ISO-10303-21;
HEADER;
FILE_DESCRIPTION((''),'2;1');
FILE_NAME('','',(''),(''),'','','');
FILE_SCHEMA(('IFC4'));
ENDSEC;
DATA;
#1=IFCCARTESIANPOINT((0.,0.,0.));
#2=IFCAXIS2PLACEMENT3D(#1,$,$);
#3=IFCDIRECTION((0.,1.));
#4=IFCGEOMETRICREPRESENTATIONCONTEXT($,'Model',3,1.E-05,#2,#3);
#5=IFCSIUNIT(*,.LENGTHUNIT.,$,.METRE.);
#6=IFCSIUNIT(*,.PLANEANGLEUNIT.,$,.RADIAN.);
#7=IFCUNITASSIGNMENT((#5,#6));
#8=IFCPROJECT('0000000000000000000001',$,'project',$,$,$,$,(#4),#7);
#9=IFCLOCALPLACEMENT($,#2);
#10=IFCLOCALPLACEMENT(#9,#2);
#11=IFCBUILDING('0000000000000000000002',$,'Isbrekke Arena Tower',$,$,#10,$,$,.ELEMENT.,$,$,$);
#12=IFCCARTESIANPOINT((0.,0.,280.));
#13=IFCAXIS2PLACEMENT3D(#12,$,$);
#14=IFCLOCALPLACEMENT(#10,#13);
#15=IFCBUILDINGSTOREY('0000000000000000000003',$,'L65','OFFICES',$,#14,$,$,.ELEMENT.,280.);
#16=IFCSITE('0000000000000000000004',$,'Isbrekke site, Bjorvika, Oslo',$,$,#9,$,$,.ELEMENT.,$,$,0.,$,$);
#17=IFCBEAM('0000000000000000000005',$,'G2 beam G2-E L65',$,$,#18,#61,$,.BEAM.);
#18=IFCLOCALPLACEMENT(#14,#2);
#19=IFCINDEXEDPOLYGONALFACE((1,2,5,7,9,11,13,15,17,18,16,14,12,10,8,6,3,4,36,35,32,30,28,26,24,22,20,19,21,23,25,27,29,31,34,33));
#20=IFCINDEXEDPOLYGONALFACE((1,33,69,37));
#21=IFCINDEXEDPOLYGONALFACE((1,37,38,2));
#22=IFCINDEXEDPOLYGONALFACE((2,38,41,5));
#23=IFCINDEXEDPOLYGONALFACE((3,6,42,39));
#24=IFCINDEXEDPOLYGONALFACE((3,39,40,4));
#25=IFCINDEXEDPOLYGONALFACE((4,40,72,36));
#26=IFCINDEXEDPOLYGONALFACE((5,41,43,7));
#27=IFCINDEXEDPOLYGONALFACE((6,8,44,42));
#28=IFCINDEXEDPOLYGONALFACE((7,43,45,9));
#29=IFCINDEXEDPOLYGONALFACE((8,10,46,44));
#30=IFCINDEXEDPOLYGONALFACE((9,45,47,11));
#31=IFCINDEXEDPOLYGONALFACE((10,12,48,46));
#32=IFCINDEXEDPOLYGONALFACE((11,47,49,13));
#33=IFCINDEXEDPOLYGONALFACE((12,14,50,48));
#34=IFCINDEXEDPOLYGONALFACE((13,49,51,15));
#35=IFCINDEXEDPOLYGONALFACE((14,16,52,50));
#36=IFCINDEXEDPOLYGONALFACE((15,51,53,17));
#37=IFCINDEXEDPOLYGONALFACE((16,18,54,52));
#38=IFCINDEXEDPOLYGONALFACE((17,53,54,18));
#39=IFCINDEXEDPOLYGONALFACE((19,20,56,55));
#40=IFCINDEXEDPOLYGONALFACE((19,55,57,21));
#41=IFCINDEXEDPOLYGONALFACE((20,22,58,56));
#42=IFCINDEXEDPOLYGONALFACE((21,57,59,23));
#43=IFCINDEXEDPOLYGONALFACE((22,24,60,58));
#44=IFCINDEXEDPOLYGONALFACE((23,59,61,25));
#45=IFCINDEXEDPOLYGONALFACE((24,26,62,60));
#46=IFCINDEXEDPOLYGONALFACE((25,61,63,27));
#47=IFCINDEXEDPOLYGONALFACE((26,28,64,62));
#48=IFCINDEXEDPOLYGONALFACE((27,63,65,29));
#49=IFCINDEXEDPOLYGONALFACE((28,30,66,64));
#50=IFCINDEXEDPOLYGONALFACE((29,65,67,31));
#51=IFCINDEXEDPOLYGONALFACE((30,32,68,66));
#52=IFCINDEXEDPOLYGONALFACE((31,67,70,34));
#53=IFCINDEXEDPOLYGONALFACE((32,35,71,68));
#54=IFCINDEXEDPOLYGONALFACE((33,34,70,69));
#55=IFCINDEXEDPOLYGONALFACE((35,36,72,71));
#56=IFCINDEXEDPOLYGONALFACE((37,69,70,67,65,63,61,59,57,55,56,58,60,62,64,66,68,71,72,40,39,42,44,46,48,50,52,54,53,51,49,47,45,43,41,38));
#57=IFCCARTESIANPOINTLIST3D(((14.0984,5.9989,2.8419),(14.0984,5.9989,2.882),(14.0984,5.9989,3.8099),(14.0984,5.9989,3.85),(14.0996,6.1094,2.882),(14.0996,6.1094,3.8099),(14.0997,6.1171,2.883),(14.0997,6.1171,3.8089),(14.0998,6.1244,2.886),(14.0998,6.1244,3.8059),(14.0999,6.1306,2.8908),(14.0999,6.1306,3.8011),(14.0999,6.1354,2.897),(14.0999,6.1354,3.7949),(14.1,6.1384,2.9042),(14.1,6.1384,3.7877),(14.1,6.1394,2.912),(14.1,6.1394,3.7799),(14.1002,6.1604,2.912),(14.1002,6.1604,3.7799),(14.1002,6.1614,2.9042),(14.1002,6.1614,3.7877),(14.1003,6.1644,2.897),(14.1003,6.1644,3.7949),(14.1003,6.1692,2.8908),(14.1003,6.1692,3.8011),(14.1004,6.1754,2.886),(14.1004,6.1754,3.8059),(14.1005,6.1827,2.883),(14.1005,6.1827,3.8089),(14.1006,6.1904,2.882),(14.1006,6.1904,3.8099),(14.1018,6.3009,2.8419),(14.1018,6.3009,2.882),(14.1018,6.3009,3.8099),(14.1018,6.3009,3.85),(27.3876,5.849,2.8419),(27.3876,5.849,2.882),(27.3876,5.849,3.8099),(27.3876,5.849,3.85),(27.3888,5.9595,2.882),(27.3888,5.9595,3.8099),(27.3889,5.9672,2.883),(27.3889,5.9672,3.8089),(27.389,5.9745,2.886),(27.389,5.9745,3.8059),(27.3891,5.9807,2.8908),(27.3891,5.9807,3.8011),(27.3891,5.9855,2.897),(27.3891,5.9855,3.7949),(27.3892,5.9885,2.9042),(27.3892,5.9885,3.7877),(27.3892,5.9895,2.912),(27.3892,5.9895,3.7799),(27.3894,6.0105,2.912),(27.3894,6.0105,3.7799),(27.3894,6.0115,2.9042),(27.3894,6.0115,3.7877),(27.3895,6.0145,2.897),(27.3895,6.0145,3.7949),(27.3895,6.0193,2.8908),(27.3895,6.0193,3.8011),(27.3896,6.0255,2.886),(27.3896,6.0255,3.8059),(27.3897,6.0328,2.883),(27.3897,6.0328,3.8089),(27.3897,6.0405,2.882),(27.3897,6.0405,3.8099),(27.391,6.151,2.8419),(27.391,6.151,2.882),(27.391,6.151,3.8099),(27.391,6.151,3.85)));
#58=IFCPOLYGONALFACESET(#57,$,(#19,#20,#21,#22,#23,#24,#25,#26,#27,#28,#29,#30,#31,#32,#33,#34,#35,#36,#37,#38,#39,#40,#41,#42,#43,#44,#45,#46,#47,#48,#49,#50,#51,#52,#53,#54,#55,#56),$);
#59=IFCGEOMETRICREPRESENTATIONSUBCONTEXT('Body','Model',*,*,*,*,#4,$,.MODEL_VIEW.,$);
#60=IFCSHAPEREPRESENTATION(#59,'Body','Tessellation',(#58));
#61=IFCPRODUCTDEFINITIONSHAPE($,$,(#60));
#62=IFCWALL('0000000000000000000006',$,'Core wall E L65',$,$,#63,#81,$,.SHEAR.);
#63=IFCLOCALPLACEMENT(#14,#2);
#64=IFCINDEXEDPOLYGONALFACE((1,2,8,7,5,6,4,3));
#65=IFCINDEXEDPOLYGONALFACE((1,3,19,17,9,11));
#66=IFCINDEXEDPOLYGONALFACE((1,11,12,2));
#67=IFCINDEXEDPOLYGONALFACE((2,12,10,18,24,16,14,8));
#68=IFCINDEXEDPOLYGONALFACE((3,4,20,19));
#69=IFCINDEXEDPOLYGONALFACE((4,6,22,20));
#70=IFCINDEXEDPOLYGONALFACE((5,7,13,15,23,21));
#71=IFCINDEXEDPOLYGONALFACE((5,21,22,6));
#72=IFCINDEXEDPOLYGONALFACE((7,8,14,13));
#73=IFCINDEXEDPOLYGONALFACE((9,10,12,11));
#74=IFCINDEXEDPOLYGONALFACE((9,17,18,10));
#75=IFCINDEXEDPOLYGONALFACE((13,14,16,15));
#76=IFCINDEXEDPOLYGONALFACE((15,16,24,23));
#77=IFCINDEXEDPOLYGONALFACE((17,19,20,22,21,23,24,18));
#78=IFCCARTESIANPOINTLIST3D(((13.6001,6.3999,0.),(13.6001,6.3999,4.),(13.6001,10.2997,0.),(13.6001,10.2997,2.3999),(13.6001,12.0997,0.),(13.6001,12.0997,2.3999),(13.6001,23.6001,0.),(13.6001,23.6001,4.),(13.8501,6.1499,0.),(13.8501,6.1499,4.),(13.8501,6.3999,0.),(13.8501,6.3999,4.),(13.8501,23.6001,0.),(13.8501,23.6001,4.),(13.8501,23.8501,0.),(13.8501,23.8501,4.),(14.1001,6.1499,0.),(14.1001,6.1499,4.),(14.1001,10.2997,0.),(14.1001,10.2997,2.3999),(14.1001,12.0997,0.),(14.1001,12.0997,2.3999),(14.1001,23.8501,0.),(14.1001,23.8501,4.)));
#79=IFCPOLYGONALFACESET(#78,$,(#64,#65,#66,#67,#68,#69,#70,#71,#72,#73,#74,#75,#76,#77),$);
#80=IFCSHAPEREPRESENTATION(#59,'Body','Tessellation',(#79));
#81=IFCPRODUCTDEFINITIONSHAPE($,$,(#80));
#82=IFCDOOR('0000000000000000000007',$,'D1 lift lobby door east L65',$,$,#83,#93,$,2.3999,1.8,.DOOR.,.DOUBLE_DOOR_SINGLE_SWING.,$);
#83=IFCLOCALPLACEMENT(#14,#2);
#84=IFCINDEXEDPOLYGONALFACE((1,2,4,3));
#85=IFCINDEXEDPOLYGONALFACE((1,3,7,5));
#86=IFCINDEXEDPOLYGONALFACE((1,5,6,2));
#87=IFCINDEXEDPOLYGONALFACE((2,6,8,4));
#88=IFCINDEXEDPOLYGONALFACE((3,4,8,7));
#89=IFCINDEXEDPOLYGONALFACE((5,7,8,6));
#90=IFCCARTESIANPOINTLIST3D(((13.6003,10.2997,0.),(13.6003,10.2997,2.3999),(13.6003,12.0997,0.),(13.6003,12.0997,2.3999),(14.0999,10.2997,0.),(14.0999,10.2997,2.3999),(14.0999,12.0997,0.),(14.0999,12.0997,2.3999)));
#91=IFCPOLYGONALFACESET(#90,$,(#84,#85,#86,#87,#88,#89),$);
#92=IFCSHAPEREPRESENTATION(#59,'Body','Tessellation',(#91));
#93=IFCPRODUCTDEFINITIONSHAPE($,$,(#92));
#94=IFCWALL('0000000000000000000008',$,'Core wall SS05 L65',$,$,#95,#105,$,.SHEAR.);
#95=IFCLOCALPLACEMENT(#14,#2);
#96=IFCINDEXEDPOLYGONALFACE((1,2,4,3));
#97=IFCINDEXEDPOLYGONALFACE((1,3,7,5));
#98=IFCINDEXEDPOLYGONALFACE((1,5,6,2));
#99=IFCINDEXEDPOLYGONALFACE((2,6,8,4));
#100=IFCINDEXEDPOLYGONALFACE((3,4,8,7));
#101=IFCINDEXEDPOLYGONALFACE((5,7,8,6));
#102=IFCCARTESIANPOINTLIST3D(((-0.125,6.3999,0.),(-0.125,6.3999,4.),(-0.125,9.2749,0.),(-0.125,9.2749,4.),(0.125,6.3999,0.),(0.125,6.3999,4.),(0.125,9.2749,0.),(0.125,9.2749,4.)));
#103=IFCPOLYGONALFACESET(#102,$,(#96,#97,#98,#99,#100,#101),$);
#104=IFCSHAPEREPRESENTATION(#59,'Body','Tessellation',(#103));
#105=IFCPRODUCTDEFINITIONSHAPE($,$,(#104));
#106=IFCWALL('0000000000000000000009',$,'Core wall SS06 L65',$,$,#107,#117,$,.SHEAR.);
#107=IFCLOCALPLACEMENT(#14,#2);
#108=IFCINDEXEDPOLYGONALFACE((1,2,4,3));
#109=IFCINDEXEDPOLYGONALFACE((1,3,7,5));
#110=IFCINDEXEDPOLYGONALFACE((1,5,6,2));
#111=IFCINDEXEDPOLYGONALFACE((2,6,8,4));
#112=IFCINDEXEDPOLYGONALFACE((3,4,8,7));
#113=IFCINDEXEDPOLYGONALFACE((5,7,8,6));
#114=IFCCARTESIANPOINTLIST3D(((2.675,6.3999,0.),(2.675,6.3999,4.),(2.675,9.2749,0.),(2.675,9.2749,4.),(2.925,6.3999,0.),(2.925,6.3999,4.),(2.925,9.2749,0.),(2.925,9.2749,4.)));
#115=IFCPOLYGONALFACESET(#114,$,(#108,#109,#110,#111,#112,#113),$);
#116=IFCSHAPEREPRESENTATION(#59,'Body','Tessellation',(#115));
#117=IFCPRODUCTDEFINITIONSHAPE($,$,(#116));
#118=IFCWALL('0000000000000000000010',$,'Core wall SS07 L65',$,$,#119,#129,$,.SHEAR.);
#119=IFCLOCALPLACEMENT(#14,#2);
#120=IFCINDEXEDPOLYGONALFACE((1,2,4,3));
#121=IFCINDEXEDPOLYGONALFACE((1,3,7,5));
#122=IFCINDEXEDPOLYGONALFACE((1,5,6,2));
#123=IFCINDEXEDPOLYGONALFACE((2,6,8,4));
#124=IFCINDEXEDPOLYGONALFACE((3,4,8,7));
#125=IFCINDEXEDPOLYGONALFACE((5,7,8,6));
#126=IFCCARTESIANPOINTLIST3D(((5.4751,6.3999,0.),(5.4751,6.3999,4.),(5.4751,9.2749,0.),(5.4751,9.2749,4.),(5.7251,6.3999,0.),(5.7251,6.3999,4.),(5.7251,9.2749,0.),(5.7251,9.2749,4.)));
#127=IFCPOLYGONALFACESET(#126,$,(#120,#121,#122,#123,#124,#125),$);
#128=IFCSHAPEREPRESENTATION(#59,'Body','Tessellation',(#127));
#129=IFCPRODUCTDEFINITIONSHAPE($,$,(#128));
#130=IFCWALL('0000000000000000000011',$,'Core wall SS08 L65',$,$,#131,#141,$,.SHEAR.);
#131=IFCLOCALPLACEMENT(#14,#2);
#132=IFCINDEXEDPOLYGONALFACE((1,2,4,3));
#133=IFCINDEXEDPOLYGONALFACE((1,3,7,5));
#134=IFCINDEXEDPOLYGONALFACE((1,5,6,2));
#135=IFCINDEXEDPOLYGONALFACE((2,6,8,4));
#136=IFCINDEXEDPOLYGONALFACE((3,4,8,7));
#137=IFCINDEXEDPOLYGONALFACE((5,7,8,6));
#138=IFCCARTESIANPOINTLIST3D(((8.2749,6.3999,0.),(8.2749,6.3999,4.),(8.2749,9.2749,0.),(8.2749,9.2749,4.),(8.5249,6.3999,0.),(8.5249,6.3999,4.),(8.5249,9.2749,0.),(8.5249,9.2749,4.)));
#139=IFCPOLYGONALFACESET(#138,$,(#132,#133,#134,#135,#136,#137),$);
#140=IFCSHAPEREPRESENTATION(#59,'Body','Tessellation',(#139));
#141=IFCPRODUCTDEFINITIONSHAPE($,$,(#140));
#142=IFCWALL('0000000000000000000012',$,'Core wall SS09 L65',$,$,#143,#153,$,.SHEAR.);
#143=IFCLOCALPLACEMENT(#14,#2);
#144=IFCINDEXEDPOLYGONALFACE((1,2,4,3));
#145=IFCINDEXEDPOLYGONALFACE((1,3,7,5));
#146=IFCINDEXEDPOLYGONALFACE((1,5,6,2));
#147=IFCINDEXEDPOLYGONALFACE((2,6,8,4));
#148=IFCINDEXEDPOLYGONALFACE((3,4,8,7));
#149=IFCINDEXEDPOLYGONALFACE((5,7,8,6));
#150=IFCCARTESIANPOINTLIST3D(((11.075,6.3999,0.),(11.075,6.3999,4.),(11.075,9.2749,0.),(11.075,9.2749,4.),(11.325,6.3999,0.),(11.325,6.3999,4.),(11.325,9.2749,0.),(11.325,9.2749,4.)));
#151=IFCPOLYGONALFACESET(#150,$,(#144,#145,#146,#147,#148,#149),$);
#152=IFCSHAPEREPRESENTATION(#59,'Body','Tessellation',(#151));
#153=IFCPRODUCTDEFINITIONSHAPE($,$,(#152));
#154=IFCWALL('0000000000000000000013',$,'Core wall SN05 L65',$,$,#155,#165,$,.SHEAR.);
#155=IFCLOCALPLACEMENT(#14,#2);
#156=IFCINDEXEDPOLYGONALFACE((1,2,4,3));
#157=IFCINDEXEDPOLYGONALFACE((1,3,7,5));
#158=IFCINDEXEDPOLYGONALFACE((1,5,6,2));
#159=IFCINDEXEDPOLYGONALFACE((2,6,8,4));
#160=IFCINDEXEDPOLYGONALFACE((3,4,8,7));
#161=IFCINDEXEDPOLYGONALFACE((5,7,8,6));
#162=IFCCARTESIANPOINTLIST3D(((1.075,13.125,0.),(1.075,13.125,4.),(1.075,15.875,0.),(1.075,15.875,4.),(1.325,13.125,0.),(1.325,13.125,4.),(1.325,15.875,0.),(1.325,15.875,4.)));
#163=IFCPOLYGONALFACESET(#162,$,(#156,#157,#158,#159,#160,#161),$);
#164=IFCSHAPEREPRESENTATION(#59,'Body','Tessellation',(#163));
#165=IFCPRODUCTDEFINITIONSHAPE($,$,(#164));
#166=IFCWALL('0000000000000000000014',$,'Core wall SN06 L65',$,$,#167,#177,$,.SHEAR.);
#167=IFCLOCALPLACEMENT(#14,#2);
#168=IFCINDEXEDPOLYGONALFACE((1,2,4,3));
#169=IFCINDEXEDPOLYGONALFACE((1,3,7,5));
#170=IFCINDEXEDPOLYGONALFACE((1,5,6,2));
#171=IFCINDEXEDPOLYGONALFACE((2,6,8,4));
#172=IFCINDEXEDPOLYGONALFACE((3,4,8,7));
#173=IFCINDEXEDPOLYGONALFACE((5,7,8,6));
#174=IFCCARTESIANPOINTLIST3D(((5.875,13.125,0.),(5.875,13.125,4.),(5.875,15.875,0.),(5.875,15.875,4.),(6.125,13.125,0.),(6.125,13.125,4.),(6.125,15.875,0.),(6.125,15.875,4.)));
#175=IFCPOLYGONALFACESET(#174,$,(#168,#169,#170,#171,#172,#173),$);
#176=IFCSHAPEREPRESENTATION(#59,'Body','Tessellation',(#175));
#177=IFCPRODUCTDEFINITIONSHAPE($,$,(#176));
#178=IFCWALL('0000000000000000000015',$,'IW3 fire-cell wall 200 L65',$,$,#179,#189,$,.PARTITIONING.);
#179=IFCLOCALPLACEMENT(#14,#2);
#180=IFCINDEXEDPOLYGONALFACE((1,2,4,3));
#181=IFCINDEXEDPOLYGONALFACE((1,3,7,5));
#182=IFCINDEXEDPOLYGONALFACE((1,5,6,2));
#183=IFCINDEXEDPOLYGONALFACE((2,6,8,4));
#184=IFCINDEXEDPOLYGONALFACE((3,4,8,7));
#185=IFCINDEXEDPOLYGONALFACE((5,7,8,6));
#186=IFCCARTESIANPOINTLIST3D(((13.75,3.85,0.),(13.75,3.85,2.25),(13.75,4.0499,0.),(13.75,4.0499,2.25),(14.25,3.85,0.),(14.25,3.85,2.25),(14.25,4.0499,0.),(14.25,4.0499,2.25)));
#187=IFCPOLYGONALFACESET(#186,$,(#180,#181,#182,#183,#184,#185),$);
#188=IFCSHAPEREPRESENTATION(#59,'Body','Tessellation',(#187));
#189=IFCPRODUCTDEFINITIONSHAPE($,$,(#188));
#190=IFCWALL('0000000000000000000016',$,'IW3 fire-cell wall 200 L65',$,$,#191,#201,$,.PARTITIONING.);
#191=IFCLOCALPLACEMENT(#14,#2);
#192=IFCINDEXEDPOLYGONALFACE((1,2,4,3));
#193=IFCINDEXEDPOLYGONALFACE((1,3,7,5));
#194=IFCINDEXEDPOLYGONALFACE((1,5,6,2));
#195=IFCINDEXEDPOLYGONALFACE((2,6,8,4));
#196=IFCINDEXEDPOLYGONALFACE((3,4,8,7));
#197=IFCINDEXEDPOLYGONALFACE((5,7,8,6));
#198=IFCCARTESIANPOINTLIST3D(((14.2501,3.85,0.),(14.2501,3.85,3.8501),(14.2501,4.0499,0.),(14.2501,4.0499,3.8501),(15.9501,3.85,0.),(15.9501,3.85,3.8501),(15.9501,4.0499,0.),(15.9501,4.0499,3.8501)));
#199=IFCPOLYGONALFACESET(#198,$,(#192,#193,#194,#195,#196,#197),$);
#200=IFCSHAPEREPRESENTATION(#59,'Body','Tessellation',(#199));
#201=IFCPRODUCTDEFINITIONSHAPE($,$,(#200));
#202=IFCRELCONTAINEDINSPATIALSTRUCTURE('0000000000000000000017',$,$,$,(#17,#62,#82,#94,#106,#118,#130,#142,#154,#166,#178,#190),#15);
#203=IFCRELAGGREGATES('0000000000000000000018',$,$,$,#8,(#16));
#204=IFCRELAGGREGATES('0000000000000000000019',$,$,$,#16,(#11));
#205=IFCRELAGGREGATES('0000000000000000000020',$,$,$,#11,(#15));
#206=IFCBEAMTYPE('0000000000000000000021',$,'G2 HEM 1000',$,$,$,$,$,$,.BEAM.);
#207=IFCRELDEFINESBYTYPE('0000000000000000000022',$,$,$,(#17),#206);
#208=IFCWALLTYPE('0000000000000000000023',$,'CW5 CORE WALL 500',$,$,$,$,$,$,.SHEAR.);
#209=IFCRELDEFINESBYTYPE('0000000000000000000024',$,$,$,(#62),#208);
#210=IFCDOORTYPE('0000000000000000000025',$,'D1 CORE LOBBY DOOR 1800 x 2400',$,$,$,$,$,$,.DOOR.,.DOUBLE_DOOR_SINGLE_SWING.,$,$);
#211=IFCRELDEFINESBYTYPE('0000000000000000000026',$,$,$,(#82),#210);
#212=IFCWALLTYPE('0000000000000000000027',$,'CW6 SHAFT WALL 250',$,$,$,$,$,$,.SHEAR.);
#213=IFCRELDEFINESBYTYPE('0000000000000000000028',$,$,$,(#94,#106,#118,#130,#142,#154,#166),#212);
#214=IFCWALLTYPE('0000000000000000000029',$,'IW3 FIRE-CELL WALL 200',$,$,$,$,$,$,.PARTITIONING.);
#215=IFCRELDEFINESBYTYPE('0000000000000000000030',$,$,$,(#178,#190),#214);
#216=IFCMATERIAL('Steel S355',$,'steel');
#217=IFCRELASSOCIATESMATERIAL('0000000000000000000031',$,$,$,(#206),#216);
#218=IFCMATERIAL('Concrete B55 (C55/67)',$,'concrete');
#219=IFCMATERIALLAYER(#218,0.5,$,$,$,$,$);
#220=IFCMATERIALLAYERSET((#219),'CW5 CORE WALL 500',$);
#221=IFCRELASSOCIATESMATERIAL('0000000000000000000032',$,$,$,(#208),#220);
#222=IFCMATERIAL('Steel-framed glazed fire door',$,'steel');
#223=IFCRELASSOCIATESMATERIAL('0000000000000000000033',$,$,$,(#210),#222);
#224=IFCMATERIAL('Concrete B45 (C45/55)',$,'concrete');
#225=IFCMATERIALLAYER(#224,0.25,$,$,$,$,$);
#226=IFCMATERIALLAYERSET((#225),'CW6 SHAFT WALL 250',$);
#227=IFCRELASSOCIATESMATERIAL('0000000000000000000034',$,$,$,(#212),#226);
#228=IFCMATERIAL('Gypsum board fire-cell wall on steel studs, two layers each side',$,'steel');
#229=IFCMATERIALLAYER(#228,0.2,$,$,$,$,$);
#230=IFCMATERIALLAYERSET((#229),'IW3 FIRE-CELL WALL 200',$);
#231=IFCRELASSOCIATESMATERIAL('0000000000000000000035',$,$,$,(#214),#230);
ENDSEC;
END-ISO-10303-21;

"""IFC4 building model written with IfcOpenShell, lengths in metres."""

from ifc_helpers import new_model, si_unit, direction, frame, frame_2d, origin, origin_2d, place, context, subcontext, project, spatial, polyline, rectangle, i_section, outline, extrude, material, layer, layer_set, material_profile, profile_set, type_object, element, fill, save


model = new_model("IFC4")

# Units and contexts
model_context = context("Model", 3, precision=1e-05, world=origin(), true_north=direction((0.0, 1.0)))
body_context = subcontext(model_context, "Body", "Model", "MODEL_VIEW")
ifc_project = project(units=[si_unit("LENGTHUNIT", "METRE"), si_unit("PLANEANGLEUNIT", "RADIAN")], contexts=[model_context])

# Site, building, storey
site_placement = place(None, origin())
site = spatial("IfcSite", under=ifc_project, at=site_placement, Name="Isbrekke site, Bjorvika, Oslo", CompositionType="ELEMENT", RefElevation=0.0)
building_placement = place(site_placement, origin())
building = spatial("IfcBuilding", under=site, at=building_placement, Name="Isbrekke Arena Tower", CompositionType="ELEMENT")
storey_placement = place(building_placement, frame((0.0, 0.0, 280.0)))
storey = spatial("IfcBuildingStorey", under=building, at=storey_placement, Name="L65", Description="OFFICES", CompositionType="ELEMENT", Elevation=280.0)

# Beam
ifc_material_1 = material(Name="Steel S355", Category="steel")
ifc_material_profile = material_profile(ifc_material_1, i_section(OverallWidth=0.302, OverallDepth=1.0081, WebThickness=0.021, FlangeThickness=0.04, FilletRadius=0.03, at=origin_2d()), Name="HEM 1000")
ifc_profile_set = profile_set([ifc_material_profile], Name="Steel S355")
beam_type = type_object("IfcBeamType", Name="G2 HEM 1000", PredefinedType="BEAM", material=ifc_profile_set)
beam_placement = place(storey_placement, frame((14.1001, 6.1499, 3.3459), z_axis=(0.999936, -0.011279, 0.0), x_axis=(0.011279, 0.999936, 0.0)))
element("IfcBeam", 1, at=beam_placement, inside=storey, type_object=beam_type, Name="G2 beam G2-E L65", PredefinedType="BEAM", context=body_context, shape_type="SweptSolid", body=[
    extrude(i_section(OverallWidth=0.302, OverallDepth=1.0081, WebThickness=0.021, FlangeThickness=0.04, FilletRadius=0.03, at=origin_2d()), origin(), (0.0, 0.0, 1.0), 13.29),
])

# Wall, opening, door
ifc_material_2 = material(Name="Concrete B55 (C55/67)", Category="concrete")
ifc_layer_1 = layer(ifc_material_2, 0.5)
ifc_layer_set_1 = layer_set([ifc_layer_1], Name="CW5 CORE WALL 500")
wall_type_1 = type_object("IfcWallType", Name="CW5 CORE WALL 500", PredefinedType="SHEAR", material=ifc_layer_set_1)
wall_1_placement = place(storey_placement, frame((13.8501, 6.1499, 0.0), z_axis=(0.0, 0.0, 1.0), x_axis=(0.0, 1.0, 0.0)))
wall_1 = element("IfcWall", 2, at=wall_1_placement, inside=storey, type_object=wall_type_1, Name="Core wall E L65", PredefinedType="SHEAR", context=body_context, shape_type="SweptSolid", body=[
    extrude(outline(polyline([(0.0, -0.25), (17.7002, -0.25), (17.7002, 0.0), (17.4502, 0.0), (17.4502, 0.25), (0.25, 0.25), (0.25, 0.0), (0.0, 0.0), (0.0, -0.25)])), origin(), (0.0, 0.0, 1.0), 4.0),
])
opening_1_placement = place(wall_1_placement, frame((4.1499, 0.0, 0.0)))
opening_1 = element("IfcOpeningElement", 3, at=opening_1_placement, cuts=wall_1, PredefinedType="OPENING", context=body_context, shape_type="SweptSolid", body=[
    extrude(rectangle(XDim=1.8, YDim=2.3999, at=frame_2d((0.8999, 1.2))), frame((0.0, 0.2649, 0.0), z_axis=(0.0, -1.0, 0.0), x_axis=(1.0, 0.0, 0.0)), (0.0, 0.0, 1.0), 0.5298),
])
ifc_material_3 = material(Name="Steel-framed glazed fire door", Category="steel")
door_type_1 = type_object("IfcDoorType", Name="D1 CORE LOBBY DOOR 1800 x 2400", OperationType="DOUBLE_DOOR_SINGLE_SWING", PredefinedType="DOOR", material=ifc_material_3)
door_1_placement = place(opening_1_placement, origin())
door_1 = element("IfcDoor", 4, at=door_1_placement, inside=storey, type_object=door_type_1, Name="D1 lift lobby door east L65", OperationType="DOUBLE_DOOR_SINGLE_SWING", OverallHeight=2.3999, OverallWidth=1.8, PredefinedType="DOOR", context=body_context, shape_type="SweptSolid", body=[
    extrude(rectangle(XDim=1.8, YDim=2.3999, at=frame_2d((0.8999, 1.2))), frame((0.0, 0.2498, 0.0), z_axis=(0.0, -1.0, 0.0), x_axis=(1.0, 0.0, 0.0)), (0.0, 0.0, 1.0), 0.4995),
])
fill(opening_1, door_1)

# Walls
ifc_material_4 = material(Name="Concrete B45 (C45/55)", Category="concrete")
ifc_layer_2 = layer(ifc_material_4, 0.25)
ifc_layer_set_2 = layer_set([ifc_layer_2], Name="CW6 SHAFT WALL 250")
wall_type_2 = type_object("IfcWallType", Name="CW6 SHAFT WALL 250", PredefinedType="SHEAR", material=ifc_layer_set_2)
for number, where, z_axis, x_axis, name in (
    (5, (0.0, 6.3999, 0.0), (0.0, 0.0, 1.0), (0.0, 1.0, 0.0), "Core wall SS05 L65"),
    (6, (2.8, 6.3999, 0.0), (0.0, 0.0, 1.0), (0.0, 1.0, 0.0), "Core wall SS06 L65"),
    (7, (5.6001, 6.3999, 0.0), (0.0, 0.0, 1.0), (0.0, 1.0, 0.0), "Core wall SS07 L65"),
    (8, (8.3999, 6.3999, 0.0), (0.0, 0.0, 1.0), (0.0, 1.0, 0.0), "Core wall SS08 L65"),
    (9, (11.2, 6.3999, 0.0), (0.0, 0.0, 1.0), (0.0, 1.0, 0.0), "Core wall SS09 L65"),
):
    element("IfcWall", number, at=place(storey_placement, frame(where, z_axis=z_axis, x_axis=x_axis)), inside=storey, type_object=wall_type_2, Name=name, PredefinedType="SHEAR", context=body_context, shape_type="SweptSolid", body=[
        extrude(rectangle(XDim=2.875, YDim=0.25, at=frame_2d((1.4375, 0.0))), origin(), (0.0, 0.0, 1.0), 4.0),
    ])
for number, where, z_axis, x_axis, name in (
    (10, (1.2, 13.125, 0.0), (0.0, 0.0, 1.0), (0.0, 1.0, 0.0), "Core wall SN05 L65"),
    (11, (6.0, 13.125, 0.0), (0.0, 0.0, 1.0), (0.0, 1.0, 0.0), "Core wall SN06 L65"),
):
    element("IfcWall", number, at=place(storey_placement, frame(where, z_axis=z_axis, x_axis=x_axis)), inside=storey, type_object=wall_type_2, Name=name, PredefinedType="SHEAR", context=body_context, shape_type="SweptSolid", body=[
        extrude(rectangle(XDim=2.75, YDim=0.25, at=frame_2d((1.375, 0.0))), origin(), (0.0, 0.0, 1.0), 4.0),
    ])
ifc_material_5 = material(Name="Gypsum board fire-cell wall on steel studs, two layers each side", Category="steel")
ifc_layer_3 = layer(ifc_material_5, 0.2)
ifc_layer_set_3 = layer_set([ifc_layer_3], Name="IW3 FIRE-CELL WALL 200")
wall_type_3 = type_object("IfcWallType", Name="IW3 FIRE-CELL WALL 200", PredefinedType="PARTITIONING", material=ifc_layer_set_3)
wall_2_placement = place(storey_placement, frame((13.75, 3.95, 0.0), z_axis=(0.0, 0.0, 1.0), x_axis=(1.0, 0.0, 0.0)))
element("IfcWall", 12, at=wall_2_placement, inside=storey, type_object=wall_type_3, Name="IW3 fire-cell wall 200 L65", PredefinedType="PARTITIONING", context=body_context, shape_type="SweptSolid", body=[
    extrude(rectangle(XDim=0.5, YDim=0.2, at=frame_2d((0.25, 0.0))), origin(), (0.0, 0.0, 1.0), 2.25),
])
wall_3_placement = place(storey_placement, frame((14.25, 3.95, 0.0), z_axis=(0.0, 0.0, 1.0), x_axis=(1.0, 0.0, 0.0)))
element("IfcWall", 13, at=wall_3_placement, inside=storey, type_object=wall_type_3, Name="IW3 fire-cell wall 200 L65", PredefinedType="PARTITIONING", context=body_context, shape_type="SweptSolid", body=[
    extrude(rectangle(XDim=1.7, YDim=0.2, at=frame_2d((0.8501, 0.0))), origin(), (0.0, 0.0, 1.0), 3.8501),
])

save(model, "model.ifc")
